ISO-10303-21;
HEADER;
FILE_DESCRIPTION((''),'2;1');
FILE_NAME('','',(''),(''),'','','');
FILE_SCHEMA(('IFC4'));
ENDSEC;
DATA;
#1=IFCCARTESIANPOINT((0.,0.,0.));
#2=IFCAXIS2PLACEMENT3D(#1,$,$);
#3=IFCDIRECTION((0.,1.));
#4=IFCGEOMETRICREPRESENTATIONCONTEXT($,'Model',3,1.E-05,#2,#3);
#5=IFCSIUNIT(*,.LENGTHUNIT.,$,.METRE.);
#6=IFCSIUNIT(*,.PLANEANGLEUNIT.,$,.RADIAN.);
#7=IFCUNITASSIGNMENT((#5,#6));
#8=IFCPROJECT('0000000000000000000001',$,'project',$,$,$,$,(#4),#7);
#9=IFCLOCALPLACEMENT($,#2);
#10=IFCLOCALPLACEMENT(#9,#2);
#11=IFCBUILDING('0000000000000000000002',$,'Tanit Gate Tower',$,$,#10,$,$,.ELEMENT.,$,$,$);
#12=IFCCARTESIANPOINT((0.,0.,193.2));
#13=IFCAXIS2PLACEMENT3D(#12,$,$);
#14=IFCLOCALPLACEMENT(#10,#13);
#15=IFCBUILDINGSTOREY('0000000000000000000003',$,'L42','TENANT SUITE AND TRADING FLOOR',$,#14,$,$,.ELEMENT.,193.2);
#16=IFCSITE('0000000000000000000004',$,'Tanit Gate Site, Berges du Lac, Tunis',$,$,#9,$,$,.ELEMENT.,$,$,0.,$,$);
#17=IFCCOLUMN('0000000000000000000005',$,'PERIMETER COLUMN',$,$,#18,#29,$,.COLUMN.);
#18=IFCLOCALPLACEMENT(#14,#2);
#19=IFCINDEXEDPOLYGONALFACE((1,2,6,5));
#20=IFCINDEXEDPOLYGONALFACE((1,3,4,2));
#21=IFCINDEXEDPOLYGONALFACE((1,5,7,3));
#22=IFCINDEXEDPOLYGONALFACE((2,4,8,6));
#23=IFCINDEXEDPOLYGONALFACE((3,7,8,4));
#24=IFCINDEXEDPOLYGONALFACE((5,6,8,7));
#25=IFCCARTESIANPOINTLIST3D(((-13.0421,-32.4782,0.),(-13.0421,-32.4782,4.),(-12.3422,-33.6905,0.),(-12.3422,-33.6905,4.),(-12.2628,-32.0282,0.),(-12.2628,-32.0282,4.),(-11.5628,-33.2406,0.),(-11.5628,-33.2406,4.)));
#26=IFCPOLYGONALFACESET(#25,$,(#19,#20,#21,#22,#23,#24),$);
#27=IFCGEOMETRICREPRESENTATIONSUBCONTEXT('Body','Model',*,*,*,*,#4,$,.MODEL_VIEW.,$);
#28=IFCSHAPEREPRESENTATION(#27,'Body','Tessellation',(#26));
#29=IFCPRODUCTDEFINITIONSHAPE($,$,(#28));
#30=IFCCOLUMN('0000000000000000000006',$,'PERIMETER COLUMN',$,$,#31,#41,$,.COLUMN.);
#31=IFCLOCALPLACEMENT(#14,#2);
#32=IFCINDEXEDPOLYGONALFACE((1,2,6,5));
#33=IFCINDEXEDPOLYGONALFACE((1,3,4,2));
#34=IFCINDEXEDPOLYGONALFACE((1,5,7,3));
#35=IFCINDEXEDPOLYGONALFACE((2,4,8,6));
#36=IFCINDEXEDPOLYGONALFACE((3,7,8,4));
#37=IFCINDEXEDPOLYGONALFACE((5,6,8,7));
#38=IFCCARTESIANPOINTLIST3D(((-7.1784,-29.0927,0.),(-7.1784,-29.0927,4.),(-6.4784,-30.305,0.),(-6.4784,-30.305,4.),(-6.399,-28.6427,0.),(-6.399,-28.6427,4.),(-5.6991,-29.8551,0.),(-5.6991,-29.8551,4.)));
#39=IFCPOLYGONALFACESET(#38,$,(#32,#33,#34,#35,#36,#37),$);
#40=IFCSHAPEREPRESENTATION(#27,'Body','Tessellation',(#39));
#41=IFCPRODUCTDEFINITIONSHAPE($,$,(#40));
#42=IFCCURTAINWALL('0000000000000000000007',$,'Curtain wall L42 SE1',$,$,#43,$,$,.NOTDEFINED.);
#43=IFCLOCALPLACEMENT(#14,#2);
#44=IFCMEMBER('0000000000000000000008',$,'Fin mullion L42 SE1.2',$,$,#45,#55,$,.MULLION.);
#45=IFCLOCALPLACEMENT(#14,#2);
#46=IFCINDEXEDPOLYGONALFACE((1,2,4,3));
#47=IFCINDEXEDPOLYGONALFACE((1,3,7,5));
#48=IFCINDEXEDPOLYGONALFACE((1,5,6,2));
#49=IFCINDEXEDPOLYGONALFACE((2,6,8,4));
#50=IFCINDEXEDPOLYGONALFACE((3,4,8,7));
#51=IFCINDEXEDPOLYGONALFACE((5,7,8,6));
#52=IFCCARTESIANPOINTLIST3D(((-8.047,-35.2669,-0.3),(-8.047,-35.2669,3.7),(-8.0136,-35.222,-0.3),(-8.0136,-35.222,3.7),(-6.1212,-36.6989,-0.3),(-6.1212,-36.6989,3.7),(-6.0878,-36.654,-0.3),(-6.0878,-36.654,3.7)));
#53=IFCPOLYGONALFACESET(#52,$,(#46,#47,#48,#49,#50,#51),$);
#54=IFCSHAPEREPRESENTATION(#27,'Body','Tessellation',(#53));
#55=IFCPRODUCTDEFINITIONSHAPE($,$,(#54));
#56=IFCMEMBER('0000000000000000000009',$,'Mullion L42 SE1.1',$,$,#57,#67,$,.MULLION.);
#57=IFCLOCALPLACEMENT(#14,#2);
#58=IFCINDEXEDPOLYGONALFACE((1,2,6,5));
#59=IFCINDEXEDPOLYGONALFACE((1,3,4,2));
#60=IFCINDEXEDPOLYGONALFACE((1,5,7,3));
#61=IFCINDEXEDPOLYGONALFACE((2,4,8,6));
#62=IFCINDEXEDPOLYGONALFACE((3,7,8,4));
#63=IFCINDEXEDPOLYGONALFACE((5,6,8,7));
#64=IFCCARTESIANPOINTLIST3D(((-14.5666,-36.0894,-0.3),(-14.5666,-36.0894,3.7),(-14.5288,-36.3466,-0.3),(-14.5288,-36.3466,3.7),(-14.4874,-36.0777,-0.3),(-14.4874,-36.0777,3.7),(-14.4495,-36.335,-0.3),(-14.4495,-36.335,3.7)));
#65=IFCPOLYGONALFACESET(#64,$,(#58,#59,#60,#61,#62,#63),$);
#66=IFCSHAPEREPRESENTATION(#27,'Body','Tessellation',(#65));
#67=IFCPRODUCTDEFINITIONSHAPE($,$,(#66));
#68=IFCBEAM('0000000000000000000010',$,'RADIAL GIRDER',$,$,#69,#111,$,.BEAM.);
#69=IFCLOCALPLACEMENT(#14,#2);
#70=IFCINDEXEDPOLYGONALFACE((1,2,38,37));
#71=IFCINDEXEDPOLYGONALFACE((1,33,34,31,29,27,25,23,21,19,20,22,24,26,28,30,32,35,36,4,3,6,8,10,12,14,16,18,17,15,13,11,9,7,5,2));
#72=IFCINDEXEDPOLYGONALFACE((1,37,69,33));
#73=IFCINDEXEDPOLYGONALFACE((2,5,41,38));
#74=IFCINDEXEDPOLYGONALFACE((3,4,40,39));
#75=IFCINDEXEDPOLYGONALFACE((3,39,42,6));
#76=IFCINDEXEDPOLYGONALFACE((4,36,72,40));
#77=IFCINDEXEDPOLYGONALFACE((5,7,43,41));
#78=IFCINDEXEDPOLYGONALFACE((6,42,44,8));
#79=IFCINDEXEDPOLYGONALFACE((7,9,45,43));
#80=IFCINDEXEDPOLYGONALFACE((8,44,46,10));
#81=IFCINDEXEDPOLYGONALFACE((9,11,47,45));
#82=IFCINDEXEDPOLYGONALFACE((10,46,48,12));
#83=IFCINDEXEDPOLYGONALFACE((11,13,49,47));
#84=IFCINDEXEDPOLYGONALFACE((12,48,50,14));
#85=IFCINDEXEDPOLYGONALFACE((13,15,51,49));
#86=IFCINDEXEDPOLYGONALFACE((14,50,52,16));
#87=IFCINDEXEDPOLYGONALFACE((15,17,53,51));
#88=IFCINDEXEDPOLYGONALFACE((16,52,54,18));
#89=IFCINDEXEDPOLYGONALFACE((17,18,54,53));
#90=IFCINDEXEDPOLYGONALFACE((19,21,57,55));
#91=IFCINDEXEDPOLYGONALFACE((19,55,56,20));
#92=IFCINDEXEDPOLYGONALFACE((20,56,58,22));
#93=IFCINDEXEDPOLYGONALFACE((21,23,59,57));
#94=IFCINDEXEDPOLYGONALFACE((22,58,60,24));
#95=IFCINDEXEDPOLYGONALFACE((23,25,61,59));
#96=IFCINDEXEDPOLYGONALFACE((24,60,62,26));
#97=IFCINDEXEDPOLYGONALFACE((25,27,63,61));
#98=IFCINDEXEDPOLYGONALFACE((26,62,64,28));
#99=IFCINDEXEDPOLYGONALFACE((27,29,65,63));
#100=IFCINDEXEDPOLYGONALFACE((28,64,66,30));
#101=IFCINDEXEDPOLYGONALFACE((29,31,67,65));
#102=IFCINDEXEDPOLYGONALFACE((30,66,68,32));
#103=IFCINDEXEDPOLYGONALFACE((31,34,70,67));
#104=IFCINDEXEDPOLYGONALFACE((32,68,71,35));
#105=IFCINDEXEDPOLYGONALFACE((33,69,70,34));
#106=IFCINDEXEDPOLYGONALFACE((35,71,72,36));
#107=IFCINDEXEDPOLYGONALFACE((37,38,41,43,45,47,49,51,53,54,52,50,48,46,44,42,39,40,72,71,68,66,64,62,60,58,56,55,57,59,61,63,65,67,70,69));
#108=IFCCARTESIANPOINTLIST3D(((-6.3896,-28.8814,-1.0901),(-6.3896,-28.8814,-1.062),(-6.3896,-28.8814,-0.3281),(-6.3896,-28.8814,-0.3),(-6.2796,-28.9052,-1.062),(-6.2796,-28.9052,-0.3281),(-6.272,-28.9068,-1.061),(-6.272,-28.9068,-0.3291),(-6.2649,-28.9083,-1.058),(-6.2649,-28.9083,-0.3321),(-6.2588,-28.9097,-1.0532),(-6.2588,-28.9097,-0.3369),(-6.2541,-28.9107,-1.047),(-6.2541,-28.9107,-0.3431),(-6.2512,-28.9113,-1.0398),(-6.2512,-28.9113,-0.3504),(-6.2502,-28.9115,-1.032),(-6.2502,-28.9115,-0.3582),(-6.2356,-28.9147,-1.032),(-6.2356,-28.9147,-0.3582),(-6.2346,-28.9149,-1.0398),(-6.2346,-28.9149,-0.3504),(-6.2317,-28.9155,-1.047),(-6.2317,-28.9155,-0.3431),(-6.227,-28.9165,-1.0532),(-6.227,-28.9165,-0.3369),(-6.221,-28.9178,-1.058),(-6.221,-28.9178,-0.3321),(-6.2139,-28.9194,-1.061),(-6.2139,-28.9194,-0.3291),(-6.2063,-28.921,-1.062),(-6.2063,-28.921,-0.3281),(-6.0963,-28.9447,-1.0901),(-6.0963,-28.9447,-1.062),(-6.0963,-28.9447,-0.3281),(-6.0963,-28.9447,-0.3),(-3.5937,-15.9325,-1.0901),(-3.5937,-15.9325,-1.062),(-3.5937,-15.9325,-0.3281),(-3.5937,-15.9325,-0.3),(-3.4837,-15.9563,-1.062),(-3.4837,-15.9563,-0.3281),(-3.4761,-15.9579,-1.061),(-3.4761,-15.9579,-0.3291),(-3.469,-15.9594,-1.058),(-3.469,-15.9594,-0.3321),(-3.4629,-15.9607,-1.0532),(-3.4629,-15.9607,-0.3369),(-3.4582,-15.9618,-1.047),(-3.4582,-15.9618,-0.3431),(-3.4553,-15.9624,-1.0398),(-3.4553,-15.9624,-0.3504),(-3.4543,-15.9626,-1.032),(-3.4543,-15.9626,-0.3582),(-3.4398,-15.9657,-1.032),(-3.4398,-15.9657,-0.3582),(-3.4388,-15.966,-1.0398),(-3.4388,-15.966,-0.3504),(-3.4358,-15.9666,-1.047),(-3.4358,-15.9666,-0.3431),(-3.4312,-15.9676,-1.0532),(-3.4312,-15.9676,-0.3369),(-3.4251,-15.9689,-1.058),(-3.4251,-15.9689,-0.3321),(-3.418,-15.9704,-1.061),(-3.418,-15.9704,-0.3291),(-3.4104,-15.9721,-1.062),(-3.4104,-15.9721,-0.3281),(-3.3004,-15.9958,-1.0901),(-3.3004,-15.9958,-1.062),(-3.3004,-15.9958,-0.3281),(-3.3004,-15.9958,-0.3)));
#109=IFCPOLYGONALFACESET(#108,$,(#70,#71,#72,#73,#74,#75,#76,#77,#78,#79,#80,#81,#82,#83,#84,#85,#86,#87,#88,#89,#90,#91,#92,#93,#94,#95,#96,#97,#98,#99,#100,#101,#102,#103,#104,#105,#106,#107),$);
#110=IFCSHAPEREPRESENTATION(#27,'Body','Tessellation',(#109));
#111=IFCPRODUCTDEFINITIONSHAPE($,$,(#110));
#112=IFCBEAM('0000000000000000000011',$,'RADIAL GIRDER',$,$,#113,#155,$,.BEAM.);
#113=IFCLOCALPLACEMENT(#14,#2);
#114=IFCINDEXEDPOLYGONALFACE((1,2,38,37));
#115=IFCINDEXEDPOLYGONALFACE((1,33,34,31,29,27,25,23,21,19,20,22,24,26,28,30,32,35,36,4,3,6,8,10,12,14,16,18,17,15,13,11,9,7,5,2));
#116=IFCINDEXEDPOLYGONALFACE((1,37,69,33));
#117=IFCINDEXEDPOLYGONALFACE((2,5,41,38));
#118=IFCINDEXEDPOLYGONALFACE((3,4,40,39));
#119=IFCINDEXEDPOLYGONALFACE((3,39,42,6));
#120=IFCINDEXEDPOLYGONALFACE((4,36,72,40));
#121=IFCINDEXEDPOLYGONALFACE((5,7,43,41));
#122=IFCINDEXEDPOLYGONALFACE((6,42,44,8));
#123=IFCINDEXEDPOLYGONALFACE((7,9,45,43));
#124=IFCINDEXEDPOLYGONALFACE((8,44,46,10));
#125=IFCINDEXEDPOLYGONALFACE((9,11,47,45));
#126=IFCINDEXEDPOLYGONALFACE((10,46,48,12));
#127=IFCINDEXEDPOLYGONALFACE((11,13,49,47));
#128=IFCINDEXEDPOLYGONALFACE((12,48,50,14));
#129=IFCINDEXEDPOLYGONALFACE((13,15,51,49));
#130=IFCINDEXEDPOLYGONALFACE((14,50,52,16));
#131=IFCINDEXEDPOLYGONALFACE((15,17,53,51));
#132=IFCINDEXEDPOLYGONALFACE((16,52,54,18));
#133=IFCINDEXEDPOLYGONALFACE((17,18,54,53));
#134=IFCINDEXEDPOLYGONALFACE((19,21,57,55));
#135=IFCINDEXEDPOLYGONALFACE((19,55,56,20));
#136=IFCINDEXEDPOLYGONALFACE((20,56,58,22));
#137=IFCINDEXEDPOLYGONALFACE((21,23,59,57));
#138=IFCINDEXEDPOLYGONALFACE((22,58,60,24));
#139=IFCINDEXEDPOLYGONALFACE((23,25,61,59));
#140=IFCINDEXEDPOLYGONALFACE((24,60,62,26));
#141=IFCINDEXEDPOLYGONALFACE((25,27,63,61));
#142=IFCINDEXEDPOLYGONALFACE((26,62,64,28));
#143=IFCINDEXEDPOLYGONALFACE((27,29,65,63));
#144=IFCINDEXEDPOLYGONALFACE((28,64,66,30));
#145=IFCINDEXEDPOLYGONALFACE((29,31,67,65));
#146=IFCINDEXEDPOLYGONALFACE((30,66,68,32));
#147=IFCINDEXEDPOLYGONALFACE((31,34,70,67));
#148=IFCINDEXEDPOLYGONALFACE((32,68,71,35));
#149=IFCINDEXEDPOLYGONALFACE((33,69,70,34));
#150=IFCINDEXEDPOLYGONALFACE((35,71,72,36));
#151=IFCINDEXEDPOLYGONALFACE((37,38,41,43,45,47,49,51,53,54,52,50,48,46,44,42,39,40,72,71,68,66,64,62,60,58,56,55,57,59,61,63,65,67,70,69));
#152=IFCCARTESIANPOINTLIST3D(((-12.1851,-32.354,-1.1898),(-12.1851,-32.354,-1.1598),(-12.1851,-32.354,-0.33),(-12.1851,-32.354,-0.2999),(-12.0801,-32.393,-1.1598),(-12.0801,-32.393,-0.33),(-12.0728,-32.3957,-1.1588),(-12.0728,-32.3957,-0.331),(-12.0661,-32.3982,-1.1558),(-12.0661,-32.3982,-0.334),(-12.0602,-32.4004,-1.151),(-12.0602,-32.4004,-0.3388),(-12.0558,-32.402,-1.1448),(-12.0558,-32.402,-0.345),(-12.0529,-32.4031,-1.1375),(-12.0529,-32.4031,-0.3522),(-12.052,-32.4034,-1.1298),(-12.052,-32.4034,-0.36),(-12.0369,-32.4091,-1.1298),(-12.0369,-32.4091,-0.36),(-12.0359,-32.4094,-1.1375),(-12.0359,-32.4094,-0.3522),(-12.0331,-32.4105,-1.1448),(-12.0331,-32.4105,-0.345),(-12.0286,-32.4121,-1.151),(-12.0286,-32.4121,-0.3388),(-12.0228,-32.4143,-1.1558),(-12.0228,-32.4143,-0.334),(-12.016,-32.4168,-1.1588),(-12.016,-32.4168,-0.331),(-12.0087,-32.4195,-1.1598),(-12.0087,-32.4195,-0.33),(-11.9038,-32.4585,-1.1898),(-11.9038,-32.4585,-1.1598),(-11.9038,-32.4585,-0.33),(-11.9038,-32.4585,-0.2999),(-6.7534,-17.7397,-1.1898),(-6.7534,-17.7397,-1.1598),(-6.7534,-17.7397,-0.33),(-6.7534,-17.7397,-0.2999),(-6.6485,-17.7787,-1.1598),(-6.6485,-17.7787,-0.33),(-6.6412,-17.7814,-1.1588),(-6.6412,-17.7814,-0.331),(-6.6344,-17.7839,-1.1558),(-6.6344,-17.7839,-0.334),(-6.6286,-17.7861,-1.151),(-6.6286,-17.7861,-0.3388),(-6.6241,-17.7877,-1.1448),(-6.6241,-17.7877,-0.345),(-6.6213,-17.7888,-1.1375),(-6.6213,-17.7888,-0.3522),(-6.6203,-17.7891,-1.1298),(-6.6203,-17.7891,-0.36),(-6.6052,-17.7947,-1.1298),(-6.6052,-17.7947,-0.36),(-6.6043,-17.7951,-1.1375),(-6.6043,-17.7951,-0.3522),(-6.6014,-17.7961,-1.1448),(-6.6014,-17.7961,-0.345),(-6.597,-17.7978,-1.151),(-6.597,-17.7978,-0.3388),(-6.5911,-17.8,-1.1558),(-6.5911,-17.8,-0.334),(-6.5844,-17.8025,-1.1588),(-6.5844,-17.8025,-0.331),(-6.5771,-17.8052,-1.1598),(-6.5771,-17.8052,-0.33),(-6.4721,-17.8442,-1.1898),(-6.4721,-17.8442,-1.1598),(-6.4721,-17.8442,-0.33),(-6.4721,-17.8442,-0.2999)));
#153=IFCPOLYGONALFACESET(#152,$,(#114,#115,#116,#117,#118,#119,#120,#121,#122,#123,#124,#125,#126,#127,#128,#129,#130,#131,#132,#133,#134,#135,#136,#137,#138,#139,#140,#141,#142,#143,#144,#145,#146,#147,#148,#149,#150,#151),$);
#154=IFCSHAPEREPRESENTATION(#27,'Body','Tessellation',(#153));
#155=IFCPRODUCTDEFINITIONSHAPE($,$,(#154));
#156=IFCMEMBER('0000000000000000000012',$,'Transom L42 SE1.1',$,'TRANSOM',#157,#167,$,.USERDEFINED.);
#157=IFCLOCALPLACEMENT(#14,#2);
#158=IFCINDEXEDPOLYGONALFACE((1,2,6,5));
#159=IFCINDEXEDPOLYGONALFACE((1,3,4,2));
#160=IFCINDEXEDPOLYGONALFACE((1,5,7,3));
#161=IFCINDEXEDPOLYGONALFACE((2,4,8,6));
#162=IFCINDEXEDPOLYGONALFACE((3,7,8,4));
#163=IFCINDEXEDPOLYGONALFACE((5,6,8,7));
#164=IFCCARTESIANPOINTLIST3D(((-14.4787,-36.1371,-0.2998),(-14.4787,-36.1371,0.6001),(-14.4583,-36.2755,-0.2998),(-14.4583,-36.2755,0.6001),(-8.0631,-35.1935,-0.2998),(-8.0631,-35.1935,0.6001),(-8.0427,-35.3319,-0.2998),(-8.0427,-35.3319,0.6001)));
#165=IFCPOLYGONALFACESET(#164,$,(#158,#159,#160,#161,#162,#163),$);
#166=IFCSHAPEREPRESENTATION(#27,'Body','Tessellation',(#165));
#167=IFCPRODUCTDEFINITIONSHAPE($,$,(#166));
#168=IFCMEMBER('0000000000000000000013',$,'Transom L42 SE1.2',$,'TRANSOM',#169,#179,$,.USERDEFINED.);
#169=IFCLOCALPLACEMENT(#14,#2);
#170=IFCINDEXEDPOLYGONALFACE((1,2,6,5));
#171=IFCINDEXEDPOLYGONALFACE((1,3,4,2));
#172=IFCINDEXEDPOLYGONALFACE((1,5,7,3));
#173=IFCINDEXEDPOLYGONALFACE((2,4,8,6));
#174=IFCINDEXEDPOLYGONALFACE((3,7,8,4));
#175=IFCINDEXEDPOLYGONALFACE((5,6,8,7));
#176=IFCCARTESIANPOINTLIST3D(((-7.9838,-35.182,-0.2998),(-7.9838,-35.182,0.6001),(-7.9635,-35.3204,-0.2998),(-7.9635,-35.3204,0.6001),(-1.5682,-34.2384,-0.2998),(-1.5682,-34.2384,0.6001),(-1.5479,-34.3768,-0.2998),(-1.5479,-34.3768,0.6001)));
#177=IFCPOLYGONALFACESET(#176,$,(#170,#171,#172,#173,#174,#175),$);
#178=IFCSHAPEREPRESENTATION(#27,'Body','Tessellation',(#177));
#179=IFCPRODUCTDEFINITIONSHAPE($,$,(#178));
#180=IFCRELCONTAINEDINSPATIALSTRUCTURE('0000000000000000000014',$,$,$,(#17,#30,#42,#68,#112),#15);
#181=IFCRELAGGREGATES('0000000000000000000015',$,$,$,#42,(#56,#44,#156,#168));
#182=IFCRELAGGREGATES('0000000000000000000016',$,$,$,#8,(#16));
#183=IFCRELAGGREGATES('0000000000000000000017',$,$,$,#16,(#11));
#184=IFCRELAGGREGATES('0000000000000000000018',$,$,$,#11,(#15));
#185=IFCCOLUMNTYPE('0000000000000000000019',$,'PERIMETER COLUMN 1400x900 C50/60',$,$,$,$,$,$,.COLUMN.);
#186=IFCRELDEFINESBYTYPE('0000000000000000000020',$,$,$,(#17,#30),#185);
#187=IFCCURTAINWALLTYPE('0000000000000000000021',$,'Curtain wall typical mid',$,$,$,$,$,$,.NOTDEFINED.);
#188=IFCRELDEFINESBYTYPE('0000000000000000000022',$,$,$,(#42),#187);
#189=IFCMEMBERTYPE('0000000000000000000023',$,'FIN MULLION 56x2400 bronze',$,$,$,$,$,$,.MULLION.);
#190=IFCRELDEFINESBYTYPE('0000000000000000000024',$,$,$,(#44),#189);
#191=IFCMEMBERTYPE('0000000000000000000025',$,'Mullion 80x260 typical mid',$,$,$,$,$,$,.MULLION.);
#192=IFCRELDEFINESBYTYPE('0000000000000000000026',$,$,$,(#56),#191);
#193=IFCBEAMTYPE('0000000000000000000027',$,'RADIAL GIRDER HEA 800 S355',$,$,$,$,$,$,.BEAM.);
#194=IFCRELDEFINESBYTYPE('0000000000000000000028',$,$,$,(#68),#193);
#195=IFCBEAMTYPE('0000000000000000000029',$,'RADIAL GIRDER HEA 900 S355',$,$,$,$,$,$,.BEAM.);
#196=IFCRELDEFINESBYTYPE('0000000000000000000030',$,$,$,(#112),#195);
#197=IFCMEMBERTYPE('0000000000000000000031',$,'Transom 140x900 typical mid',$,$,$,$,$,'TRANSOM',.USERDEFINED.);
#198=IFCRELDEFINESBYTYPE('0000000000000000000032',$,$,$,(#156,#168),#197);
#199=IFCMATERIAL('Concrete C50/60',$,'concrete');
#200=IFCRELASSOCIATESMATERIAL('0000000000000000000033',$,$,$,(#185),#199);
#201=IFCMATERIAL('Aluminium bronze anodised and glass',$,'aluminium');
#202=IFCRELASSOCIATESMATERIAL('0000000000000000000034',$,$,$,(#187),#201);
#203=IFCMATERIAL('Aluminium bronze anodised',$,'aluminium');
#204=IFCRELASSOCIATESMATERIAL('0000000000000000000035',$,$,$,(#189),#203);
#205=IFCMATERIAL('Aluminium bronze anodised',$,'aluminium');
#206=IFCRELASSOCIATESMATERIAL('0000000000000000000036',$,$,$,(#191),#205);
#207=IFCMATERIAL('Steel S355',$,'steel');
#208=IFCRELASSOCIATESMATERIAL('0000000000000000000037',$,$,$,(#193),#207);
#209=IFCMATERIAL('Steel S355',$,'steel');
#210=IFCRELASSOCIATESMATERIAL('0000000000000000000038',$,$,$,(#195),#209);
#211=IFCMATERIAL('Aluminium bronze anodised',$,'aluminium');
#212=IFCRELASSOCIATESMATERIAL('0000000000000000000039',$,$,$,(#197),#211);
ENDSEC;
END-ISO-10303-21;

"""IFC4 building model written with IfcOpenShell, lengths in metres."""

from ifc_helpers import new_model, si_unit, direction, frame, origin, origin_2d, place, context, subcontext, project, spatial, rectangle, i_section, extrude, material, material_profile, profile_set, type_object, element, aggregate, save


model = new_model("IFC4")

# Units and contexts
model_context = context("Model", 3, precision=1e-05, world=origin(), true_north=direction((0.0, 1.0)))
body_context = subcontext(model_context, "Body", "Model", "MODEL_VIEW")
ifc_project = project(units=[si_unit("LENGTHUNIT", "METRE"), si_unit("PLANEANGLEUNIT", "RADIAN")], contexts=[model_context])

# Site, building, storey
site_placement = place(None, origin())
site = spatial("IfcSite", under=ifc_project, at=site_placement, Name="Tanit Gate Site, Berges du Lac, Tunis", CompositionType="ELEMENT", RefElevation=0.0)
building_placement = place(site_placement, origin())
building = spatial("IfcBuilding", under=site, at=building_placement, Name="Tanit Gate Tower", CompositionType="ELEMENT")
storey_placement = place(building_placement, frame((0.0, 0.0, 193.2)))
storey = spatial("IfcBuildingStorey", under=building, at=storey_placement, Name="L42", Description="TENANT SUITE AND TRADING FLOOR", CompositionType="ELEMENT", Elevation=193.2)

# Columns
ifc_material_1 = material(Name="Concrete C50/60", Category="concrete")
ifc_material_profile_1 = material_profile(ifc_material_1, rectangle(XDim=1.3999, YDim=0.8999, at=origin_2d()), Name="RC 1400x900")
ifc_profile_set_1 = profile_set([ifc_material_profile_1], Name="Concrete C50/60")
column_type = type_object("IfcColumnType", Name="PERIMETER COLUMN 1400x900 C50/60", PredefinedType="COLUMN", material=ifc_profile_set_1)
for number, where, z_axis, x_axis, name in (
    (1, (-12.3025, -32.8594, 0.0), (0.0, 0.0, 1.0), (0.5, -0.866025, 0.0), "PERIMETER COLUMN"),
    (2, (-6.4387, -29.4739, 0.0), (0.0, 0.0, 1.0), (0.5, -0.866025, 0.0), "PERIMETER COLUMN"),
):
    element("IfcColumn", number, at=place(storey_placement, frame(where, z_axis=z_axis, x_axis=x_axis)), inside=storey, type_object=column_type, Name=name, PredefinedType="COLUMN", context=body_context, shape_type="SweptSolid", body=[
        extrude(rectangle(XDim=1.3999, YDim=0.8999, at=origin_2d()), origin(), (0.0, 0.0, 1.0), 4.0),
    ])

# Curtain wall, members
ifc_material_2 = material(Name="Aluminium bronze anodised and glass", Category="aluminium")
curtain_wall_type = type_object("IfcCurtainWallType", Name="Curtain wall typical mid", PredefinedType="NOTDEFINED", material=ifc_material_2)
curtain_wall_placement = place(storey_placement, origin())
curtain_wall = element("IfcCurtainWall", 3, at=curtain_wall_placement, inside=storey, type_object=curtain_wall_type, Name="Curtain wall L42 SE1", PredefinedType="NOTDEFINED")
ifc_material_3 = material(Name="Aluminium bronze anodised", Category="aluminium")
ifc_material_profile_2 = material_profile(ifc_material_3, rectangle(XDim=2.3999, YDim=0.0559, at=origin_2d()), Name="56x2400 bronze fin mullion")
ifc_profile_set_2 = profile_set([ifc_material_profile_2], Name="Aluminium bronze anodised")
member_type_1 = type_object("IfcMemberType", Name="FIN MULLION 56x2400 bronze", PredefinedType="MULLION", material=ifc_profile_set_2)
member_1_placement = place(storey_placement, frame((-7.0674, -35.9604, -0.3), z_axis=(0.0, 0.0, 1.0), x_axis=(-0.802457, 0.596709, 0.0)))
member_1 = element("IfcMember", 4, at=member_1_placement, type_object=member_type_1, Name="Fin mullion L42 SE1.2", PredefinedType="MULLION", context=body_context, shape_type="SweptSolid", body=[
    extrude(rectangle(XDim=2.3999, YDim=0.0559, at=origin_2d()), origin(), (0.0, 0.0, 1.0), 4.0),
])
ifc_material_4 = material(Name="Aluminium bronze anodised", Category="aluminium")
ifc_material_profile_3 = material_profile(ifc_material_4, rectangle(XDim=0.26, YDim=0.0801, at=origin_2d()), Name="80x260 bronze mullion")
ifc_profile_set_3 = profile_set([ifc_material_profile_3], Name="Aluminium bronze anodised")
member_type_2 = type_object("IfcMemberType", Name="Mullion 80x260 typical mid", PredefinedType="MULLION", material=ifc_profile_set_3)
member_2_placement = place(storey_placement, frame((-14.5081, -36.2122, -0.3), z_axis=(0.0, 0.0, 1.0), x_axis=(-0.145486, 0.98936, 0.0)))
member_2 = element("IfcMember", 5, at=member_2_placement, type_object=member_type_2, Name="Mullion L42 SE1.1", PredefinedType="MULLION", context=body_context, shape_type="SweptSolid", body=[
    extrude(rectangle(XDim=0.26, YDim=0.0801, at=origin_2d()), origin(), (0.0, 0.0, 1.0), 4.0),
])

# Beams
ifc_material_5 = material(Name="Steel S355", Category="steel")
ifc_material_profile_4 = material_profile(ifc_material_5, i_section(OverallWidth=0.3, OverallDepth=0.79, WebThickness=0.0149, FlangeThickness=0.0281, FilletRadius=0.03, at=origin_2d()), Name="HEA 800")
ifc_profile_set_4 = profile_set([ifc_material_profile_4], Name="Steel S355")
beam_type_1 = type_object("IfcBeamType", Name="RADIAL GIRDER HEA 800 S355", PredefinedType="BEAM", material=ifc_profile_set_4)
beam_1_placement = place(storey_placement, frame((-6.2429, -28.9131, -0.6951), z_axis=(0.211053, 0.977475, 0.0), x_axis=(-0.977475, 0.211053, 0.0)))
element("IfcBeam", 6, at=beam_1_placement, inside=storey, type_object=beam_type_1, Name="RADIAL GIRDER", PredefinedType="BEAM", context=body_context, shape_type="SweptSolid", body=[
    extrude(i_section(OverallWidth=0.3, OverallDepth=0.79, WebThickness=0.0149, FlangeThickness=0.0281, FilletRadius=0.03, at=origin_2d()), origin(), (0.0, 0.0, 1.0), 13.2473),
])
ifc_material_6 = material(Name="Steel S355", Category="steel")
ifc_material_profile_5 = material_profile(ifc_material_6, i_section(OverallWidth=0.3, OverallDepth=0.8899, WebThickness=0.0161, FlangeThickness=0.03, FilletRadius=0.03, at=origin_2d()), Name="HEA 900")
ifc_profile_set_5 = profile_set([ifc_material_profile_5], Name="Steel S355")
beam_type_2 = type_object("IfcBeamType", Name="RADIAL GIRDER HEA 900 S355", PredefinedType="BEAM", material=ifc_profile_set_5)
beam_2_placement = place(storey_placement, frame((-12.0444, -32.4062, -0.7449), z_axis=(0.348383, 0.937352, 0.0), x_axis=(-0.937352, 0.348383, 0.0)))
element("IfcBeam", 7, at=beam_2_placement, inside=storey, type_object=beam_type_2, Name="RADIAL GIRDER", PredefinedType="BEAM", context=body_context, shape_type="SweptSolid", body=[
    extrude(i_section(OverallWidth=0.3, OverallDepth=0.8899, WebThickness=0.0161, FlangeThickness=0.03, FilletRadius=0.03, at=origin_2d()), origin(), (0.0, 0.0, 1.0), 15.5911),
])

# Members
ifc_material_7 = material(Name="Aluminium bronze anodised", Category="aluminium")
ifc_material_profile_6 = material_profile(ifc_material_7, rectangle(XDim=0.1399, YDim=0.8999, at=origin_2d()), Name="140x900 bronze transom")
ifc_profile_set_6 = profile_set([ifc_material_profile_6], Name="Aluminium bronze anodised")
member_type_3 = type_object("IfcMemberType", Name="Transom 140x900 typical mid", ElementType="TRANSOM", PredefinedType="USERDEFINED", material=ifc_profile_set_6)
member_3_placement = place(storey_placement, frame((-14.4685, -36.2063, 0.1501), z_axis=(0.989356, 0.145516, 0.0), x_axis=(-0.145516, 0.989356, 0.0)))
member_3 = element("IfcMember", 8, at=member_3_placement, type_object=member_type_3, Name="Transom L42 SE1.1", ObjectType="TRANSOM", PredefinedType="USERDEFINED", context=body_context, shape_type="SweptSolid", body=[
    extrude(rectangle(XDim=0.1399, YDim=0.8999, at=origin_2d()), origin(), (0.0, 0.0, 1.0), 6.4846),
])
member_4_placement = place(storey_placement, frame((-7.9736, -35.2512, 0.1501), z_axis=(0.989356, 0.145516, 0.0), x_axis=(-0.145516, 0.989356, 0.0)))
member_4 = element("IfcMember", 9, at=member_4_placement, type_object=member_type_3, Name="Transom L42 SE1.2", ObjectType="TRANSOM", PredefinedType="USERDEFINED", context=body_context, shape_type="SweptSolid", body=[
    extrude(rectangle(XDim=0.1399, YDim=0.8999, at=origin_2d()), origin(), (0.0, 0.0, 1.0), 6.4846),
])

aggregate(curtain_wall, [member_2, member_1, member_3, member_4])

save(model, "model.ifc")
